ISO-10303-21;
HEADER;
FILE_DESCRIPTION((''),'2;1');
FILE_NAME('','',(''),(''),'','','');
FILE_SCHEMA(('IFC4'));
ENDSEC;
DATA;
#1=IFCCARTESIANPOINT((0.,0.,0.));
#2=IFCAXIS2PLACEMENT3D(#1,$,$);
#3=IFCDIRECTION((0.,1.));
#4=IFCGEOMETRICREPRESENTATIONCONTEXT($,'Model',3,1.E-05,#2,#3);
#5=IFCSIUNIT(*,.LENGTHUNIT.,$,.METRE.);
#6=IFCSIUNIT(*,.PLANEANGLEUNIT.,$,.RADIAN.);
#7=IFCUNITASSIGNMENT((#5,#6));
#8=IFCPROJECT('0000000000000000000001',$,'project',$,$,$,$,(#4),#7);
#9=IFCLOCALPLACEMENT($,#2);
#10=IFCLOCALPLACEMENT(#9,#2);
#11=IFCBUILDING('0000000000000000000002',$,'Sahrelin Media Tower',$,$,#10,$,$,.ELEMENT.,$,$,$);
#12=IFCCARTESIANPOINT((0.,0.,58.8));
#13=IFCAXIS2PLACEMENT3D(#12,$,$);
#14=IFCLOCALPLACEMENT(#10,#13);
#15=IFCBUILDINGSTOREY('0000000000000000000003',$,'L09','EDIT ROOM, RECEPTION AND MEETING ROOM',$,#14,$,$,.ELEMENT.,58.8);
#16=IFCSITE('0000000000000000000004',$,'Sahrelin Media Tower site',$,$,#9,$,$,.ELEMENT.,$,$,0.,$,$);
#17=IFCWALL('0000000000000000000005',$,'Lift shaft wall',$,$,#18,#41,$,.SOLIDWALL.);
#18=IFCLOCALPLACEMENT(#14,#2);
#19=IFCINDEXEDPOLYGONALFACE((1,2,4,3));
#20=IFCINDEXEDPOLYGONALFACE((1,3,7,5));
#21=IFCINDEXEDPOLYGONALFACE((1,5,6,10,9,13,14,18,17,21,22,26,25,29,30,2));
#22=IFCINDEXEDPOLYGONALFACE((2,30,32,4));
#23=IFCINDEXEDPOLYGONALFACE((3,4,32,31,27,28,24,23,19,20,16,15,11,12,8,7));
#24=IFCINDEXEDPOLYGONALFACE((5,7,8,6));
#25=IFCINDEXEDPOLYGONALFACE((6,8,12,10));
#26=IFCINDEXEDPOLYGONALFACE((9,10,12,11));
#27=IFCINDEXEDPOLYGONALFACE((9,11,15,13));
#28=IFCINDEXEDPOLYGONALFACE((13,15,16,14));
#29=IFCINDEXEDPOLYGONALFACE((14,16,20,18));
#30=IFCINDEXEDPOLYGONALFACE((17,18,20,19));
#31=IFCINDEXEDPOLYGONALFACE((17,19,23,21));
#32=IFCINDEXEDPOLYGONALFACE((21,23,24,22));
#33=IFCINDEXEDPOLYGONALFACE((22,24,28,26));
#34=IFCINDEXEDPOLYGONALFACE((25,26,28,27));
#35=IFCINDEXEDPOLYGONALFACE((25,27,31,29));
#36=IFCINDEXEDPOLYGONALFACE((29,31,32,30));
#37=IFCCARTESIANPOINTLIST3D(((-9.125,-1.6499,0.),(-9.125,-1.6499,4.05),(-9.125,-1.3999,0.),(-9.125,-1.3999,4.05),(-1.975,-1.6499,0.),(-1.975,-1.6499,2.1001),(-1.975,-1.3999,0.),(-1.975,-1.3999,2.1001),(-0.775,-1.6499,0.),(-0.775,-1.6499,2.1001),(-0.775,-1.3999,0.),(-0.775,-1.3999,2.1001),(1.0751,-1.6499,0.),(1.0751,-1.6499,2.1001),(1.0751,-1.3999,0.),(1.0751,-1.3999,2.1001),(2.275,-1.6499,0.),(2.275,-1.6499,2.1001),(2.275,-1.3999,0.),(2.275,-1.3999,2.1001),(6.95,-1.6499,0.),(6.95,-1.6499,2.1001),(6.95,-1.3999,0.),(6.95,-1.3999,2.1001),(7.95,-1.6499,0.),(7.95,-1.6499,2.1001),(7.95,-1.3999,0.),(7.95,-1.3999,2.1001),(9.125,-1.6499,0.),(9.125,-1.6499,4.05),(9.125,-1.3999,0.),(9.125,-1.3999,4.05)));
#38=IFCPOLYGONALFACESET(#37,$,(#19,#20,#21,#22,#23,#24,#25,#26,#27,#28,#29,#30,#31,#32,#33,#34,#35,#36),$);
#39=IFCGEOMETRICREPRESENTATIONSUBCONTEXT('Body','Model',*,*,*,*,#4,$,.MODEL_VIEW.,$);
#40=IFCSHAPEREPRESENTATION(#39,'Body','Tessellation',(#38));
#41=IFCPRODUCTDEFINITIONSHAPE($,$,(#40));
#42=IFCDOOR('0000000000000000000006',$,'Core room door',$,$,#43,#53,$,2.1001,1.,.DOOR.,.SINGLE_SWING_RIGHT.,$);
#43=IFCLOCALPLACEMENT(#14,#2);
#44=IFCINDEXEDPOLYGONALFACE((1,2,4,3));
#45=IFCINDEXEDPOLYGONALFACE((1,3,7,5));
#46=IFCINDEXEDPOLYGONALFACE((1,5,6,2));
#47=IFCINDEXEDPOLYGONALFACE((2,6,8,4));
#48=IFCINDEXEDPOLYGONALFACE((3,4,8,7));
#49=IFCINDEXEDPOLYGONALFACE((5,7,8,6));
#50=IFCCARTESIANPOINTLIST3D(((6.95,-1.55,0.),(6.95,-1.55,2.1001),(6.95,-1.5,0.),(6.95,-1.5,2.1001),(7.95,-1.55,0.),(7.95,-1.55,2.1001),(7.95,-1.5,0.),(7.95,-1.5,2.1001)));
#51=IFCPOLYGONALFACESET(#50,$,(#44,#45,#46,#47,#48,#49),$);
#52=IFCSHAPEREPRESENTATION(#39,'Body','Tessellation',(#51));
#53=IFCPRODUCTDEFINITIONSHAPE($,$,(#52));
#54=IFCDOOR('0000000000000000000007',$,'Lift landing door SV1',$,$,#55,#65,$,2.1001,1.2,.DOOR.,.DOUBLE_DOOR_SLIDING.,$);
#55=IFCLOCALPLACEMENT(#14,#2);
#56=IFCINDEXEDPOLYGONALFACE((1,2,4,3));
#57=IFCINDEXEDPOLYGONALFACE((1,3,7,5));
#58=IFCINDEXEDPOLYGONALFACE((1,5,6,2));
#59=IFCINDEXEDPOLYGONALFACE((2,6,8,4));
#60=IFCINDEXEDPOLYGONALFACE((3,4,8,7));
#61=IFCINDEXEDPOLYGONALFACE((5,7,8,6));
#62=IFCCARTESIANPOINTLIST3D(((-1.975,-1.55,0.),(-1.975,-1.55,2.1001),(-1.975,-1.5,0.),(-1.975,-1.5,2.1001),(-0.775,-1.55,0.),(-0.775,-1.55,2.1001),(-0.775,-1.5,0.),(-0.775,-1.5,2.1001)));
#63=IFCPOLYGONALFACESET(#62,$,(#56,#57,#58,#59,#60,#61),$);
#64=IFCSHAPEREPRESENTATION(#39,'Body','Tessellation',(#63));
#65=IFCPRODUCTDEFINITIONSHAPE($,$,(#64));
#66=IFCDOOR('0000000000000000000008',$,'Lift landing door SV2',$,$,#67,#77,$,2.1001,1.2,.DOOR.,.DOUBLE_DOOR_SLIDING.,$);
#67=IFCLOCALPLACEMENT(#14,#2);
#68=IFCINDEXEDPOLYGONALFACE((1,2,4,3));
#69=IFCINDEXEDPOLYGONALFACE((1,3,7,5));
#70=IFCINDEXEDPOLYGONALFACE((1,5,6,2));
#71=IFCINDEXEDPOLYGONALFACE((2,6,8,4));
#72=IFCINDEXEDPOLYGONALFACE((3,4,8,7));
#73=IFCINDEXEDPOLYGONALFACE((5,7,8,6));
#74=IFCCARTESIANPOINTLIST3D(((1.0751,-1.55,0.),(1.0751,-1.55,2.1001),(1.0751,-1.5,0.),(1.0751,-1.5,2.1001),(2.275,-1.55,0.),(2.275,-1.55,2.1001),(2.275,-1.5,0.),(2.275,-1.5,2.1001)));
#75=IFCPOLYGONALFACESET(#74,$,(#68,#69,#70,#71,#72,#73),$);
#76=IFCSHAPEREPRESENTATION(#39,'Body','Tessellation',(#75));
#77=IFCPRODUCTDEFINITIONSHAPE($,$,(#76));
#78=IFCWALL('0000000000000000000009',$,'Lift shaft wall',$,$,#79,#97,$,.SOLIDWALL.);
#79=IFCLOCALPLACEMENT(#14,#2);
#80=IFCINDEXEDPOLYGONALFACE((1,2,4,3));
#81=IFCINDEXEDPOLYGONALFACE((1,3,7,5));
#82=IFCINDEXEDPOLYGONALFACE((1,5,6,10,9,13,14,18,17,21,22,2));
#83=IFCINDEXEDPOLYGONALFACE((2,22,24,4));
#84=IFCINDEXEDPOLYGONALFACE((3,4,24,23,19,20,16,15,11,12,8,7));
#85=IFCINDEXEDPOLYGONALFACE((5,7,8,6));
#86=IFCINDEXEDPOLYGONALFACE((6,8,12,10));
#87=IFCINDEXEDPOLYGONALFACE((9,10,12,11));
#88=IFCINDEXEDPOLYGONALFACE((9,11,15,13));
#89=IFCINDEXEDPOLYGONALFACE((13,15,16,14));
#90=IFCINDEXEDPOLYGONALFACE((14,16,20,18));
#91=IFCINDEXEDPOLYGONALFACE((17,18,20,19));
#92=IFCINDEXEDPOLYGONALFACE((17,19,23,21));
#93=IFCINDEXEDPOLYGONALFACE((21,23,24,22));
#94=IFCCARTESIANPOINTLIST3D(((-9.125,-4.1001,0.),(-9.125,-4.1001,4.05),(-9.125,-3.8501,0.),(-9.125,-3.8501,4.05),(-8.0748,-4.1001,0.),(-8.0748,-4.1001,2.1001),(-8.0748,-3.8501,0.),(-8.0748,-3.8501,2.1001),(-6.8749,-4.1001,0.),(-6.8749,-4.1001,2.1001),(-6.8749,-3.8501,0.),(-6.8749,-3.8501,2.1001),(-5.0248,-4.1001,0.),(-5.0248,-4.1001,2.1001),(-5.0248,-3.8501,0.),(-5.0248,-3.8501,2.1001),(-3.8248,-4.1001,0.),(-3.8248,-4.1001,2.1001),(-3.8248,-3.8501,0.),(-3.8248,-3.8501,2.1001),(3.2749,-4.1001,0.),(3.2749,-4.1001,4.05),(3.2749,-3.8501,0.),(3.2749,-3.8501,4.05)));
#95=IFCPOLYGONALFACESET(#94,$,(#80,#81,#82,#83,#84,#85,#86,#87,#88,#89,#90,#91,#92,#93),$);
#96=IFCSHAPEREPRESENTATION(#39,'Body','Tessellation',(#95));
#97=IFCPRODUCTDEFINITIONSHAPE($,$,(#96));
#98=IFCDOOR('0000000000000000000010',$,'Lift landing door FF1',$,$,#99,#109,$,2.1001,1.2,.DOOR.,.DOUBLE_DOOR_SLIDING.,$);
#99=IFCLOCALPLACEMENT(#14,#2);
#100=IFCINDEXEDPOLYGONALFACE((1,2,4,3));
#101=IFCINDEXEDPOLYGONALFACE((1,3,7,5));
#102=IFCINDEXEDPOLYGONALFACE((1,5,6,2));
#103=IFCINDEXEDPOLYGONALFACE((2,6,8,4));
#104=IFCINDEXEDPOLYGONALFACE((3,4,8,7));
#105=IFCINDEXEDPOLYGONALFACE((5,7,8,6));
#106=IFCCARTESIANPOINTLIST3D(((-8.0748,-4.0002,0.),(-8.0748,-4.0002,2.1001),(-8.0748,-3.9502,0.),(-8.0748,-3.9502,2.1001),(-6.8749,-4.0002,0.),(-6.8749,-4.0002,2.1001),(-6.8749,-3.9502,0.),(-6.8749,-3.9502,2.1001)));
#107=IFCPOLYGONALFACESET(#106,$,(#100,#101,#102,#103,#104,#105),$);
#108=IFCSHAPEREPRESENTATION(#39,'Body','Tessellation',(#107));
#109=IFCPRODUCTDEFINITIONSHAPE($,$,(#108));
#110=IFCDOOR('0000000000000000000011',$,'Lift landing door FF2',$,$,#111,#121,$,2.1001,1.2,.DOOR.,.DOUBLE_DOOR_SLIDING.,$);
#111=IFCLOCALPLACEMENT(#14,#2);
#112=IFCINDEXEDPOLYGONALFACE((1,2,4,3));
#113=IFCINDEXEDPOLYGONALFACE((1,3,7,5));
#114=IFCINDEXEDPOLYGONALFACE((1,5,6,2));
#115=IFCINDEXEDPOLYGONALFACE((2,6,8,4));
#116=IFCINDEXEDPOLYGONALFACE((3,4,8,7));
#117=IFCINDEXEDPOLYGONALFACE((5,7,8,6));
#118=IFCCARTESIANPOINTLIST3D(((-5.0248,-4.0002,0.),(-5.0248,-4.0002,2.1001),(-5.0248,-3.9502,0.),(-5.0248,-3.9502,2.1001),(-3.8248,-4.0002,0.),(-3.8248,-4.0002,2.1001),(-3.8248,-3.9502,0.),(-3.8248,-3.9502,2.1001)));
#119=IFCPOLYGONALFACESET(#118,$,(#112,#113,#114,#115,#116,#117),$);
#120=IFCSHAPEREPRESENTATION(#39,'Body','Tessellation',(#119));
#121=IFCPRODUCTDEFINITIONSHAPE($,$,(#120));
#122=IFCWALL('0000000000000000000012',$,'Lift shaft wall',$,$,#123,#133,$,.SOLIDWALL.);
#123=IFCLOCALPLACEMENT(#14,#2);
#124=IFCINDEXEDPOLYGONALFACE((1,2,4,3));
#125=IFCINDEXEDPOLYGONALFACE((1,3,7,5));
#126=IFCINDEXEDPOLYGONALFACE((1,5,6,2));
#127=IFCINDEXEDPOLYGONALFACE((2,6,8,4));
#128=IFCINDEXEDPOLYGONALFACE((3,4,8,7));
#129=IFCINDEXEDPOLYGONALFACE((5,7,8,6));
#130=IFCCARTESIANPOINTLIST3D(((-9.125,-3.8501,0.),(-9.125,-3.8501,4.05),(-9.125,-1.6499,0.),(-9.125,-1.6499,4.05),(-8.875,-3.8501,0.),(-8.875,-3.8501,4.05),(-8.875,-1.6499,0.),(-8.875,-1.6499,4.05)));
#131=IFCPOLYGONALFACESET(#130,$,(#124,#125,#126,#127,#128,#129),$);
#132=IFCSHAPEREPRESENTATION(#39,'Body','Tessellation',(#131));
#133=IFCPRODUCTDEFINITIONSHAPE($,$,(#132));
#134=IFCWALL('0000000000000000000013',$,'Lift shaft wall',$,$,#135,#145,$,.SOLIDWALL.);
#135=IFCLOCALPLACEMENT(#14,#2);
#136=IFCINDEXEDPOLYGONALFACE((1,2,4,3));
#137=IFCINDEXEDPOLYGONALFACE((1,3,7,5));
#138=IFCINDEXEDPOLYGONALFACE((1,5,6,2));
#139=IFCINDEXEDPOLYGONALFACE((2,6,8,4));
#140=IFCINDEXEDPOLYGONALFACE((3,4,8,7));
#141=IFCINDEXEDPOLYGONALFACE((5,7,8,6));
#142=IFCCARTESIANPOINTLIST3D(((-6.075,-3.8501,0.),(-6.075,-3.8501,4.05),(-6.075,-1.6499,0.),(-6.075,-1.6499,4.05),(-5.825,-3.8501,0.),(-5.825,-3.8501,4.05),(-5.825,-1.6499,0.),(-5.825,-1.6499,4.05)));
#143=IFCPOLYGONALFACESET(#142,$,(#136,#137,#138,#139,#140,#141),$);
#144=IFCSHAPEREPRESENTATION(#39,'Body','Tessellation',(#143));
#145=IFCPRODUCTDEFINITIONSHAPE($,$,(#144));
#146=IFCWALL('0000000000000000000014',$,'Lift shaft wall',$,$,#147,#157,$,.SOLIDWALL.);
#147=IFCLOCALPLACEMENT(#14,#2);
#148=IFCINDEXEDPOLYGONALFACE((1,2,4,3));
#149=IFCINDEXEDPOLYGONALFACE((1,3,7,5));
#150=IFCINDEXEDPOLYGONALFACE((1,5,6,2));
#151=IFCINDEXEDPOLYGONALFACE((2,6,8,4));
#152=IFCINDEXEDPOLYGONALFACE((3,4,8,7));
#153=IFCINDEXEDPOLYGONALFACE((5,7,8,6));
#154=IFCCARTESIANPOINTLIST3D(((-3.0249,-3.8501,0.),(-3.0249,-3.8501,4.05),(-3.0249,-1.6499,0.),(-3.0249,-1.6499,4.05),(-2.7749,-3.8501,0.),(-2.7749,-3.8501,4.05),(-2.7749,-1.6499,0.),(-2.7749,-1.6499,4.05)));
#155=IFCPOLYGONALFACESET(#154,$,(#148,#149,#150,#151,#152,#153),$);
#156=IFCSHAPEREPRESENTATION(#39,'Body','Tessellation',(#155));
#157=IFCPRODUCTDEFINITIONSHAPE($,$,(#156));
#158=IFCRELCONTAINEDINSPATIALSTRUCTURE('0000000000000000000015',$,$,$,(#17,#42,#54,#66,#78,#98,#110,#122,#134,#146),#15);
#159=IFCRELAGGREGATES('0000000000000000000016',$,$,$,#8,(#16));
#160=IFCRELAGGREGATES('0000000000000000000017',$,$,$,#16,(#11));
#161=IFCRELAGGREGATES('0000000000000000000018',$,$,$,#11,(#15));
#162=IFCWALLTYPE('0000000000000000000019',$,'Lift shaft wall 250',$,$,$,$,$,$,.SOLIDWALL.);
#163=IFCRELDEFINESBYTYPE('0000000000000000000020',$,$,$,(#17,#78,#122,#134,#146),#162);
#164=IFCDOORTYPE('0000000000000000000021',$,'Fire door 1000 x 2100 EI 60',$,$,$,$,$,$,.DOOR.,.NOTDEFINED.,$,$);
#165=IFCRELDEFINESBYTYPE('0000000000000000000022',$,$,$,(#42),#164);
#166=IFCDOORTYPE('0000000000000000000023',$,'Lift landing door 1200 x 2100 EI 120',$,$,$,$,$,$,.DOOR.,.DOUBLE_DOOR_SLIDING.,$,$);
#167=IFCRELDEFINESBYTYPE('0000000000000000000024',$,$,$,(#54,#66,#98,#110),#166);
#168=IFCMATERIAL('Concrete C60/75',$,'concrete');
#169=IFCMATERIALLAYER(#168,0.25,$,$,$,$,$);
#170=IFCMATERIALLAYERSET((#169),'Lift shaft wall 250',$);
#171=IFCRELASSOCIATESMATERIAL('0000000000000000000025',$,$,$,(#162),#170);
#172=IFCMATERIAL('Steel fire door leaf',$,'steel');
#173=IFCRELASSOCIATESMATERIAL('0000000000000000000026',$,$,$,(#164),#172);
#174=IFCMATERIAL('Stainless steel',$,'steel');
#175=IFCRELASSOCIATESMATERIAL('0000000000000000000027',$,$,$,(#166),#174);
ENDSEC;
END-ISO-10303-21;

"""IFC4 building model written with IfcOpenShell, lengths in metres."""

from ifc_helpers import new_model, si_unit, direction, frame, frame_2d, origin, place, context, subcontext, project, spatial, rectangle, extrude, material, layer, layer_set, type_object, element, fill, save


model = new_model("IFC4")

# Units and contexts
model_context = context("Model", 3, precision=1e-05, world=origin(), true_north=direction((0.0, 1.0)))
body_context = subcontext(model_context, "Body", "Model", "MODEL_VIEW")
ifc_project = project(units=[si_unit("LENGTHUNIT", "METRE"), si_unit("PLANEANGLEUNIT", "RADIAN")], contexts=[model_context])

# Site, building, storey
site_placement = place(None, origin())
site = spatial("IfcSite", under=ifc_project, at=site_placement, Name="Sahrelin Media Tower site", CompositionType="ELEMENT", RefElevation=0.0)
building_placement = place(site_placement, origin())
building = spatial("IfcBuilding", under=site, at=building_placement, Name="Sahrelin Media Tower", CompositionType="ELEMENT")
storey_placement = place(building_placement, frame((0.0, 0.0, 58.8)))
storey = spatial("IfcBuildingStorey", under=building, at=storey_placement, Name="L09", Description="EDIT ROOM, RECEPTION AND MEETING ROOM", CompositionType="ELEMENT", Elevation=58.8)

# Shared definitions
ifc_material_1 = material(Name="Steel fire door leaf", Category="steel")

# Walls, openings, doors
ifc_material_2 = material(Name="Concrete C60/75", Category="concrete")
ifc_layer_1 = layer(ifc_material_2, 0.25)
ifc_layer_set_1 = layer_set([ifc_layer_1], Name="Lift shaft wall 250")
wall_type_1 = type_object("IfcWallType", Name="Lift shaft wall 250", PredefinedType="SOLIDWALL", material=ifc_layer_set_1)
wall_1_placement = place(storey_placement, frame((-9.125, -1.5249, 0.0), z_axis=(0.0, 0.0, 1.0), x_axis=(1.0, 0.0, 0.0)))
wall_1 = element("IfcWall", 1, at=wall_1_placement, inside=storey, type_object=wall_type_1, Name="Lift shaft wall", PredefinedType="SOLIDWALL", context=body_context, shape_type="SweptSolid", body=[
    extrude(rectangle(XDim=18.25, YDim=0.25, at=frame_2d((9.125, 0.0))), origin(), (0.0, 0.0, 1.0), 4.05),
])
opening_1_placement = place(wall_1_placement, frame((7.1499, 0.0, 0.0)))
opening_1 = element("IfcOpeningElement", 2, at=opening_1_placement, cuts=wall_1, PredefinedType="OPENING", context=body_context, shape_type="SweptSolid", body=[
    extrude(rectangle(XDim=1.2, YDim=2.1001, at=frame_2d((0.6001, 1.05))), frame((0.0, 0.125, 0.0), z_axis=(0.0, -1.0, 0.0), x_axis=(1.0, 0.0, 0.0)), (0.0, 0.0, 1.0), 0.25),
])
opening_2_placement = place(wall_1_placement, frame((10.2, 0.0, 0.0)))
opening_2 = element("IfcOpeningElement", 3, at=opening_2_placement, cuts=wall_1, PredefinedType="OPENING", context=body_context, shape_type="SweptSolid", body=[
    extrude(rectangle(XDim=1.2, YDim=2.1001, at=frame_2d((0.6001, 1.05))), frame((0.0, 0.125, 0.0), z_axis=(0.0, -1.0, 0.0), x_axis=(1.0, 0.0, 0.0)), (0.0, 0.0, 1.0), 0.25),
])
opening_3_placement = place(wall_1_placement, frame((16.075, 0.0, 0.0)))
opening_3 = element("IfcOpeningElement", 4, at=opening_3_placement, cuts=wall_1, PredefinedType="OPENING", context=body_context, shape_type="SweptSolid", body=[
    extrude(rectangle(XDim=1.0, YDim=2.1001, at=frame_2d((0.5, 1.05))), frame((0.0, 0.125, 0.0), z_axis=(0.0, -1.0, 0.0), x_axis=(1.0, 0.0, 0.0)), (0.0, 0.0, 1.0), 0.25),
])
door_type_1 = type_object("IfcDoorType", Name="Fire door 1000 x 2100 EI 60", OperationType="NOTDEFINED", PredefinedType="DOOR", material=ifc_material_1)
door_1_placement = place(opening_3_placement, origin())
door_1 = element("IfcDoor", 5, at=door_1_placement, inside=storey, type_object=door_type_1, Name="Core room door", OperationType="SINGLE_SWING_RIGHT", OverallHeight=2.1001, OverallWidth=1.0, PredefinedType="DOOR", context=body_context, shape_type="SweptSolid", body=[
    extrude(rectangle(XDim=1.0, YDim=2.1001, at=frame_2d((0.5, 1.05))), frame((0.0, 0.0249, 0.0), z_axis=(0.0, -1.0, 0.0), x_axis=(1.0, 0.0, 0.0)), (0.0, 0.0, 1.0), 0.05),
])
fill(opening_3, door_1)
ifc_material_3 = material(Name="Stainless steel", Category="steel")
door_type_2 = type_object("IfcDoorType", Name="Lift landing door 1200 x 2100 EI 120", OperationType="DOUBLE_DOOR_SLIDING", PredefinedType="DOOR", material=ifc_material_3)
door_2_placement = place(opening_1_placement, origin())
door_2 = element("IfcDoor", 6, at=door_2_placement, inside=storey, type_object=door_type_2, Name="Lift landing door SV1", OperationType="DOUBLE_DOOR_SLIDING", OverallHeight=2.1001, OverallWidth=1.2, PredefinedType="DOOR", context=body_context, shape_type="SweptSolid", body=[
    extrude(rectangle(XDim=1.2, YDim=2.1001, at=frame_2d((0.6001, 1.05))), frame((0.0, 0.0249, 0.0), z_axis=(0.0, -1.0, 0.0), x_axis=(1.0, 0.0, 0.0)), (0.0, 0.0, 1.0), 0.05),
])
fill(opening_1, door_2)
door_3_placement = place(opening_2_placement, origin())
door_3 = element("IfcDoor", 7, at=door_3_placement, inside=storey, type_object=door_type_2, Name="Lift landing door SV2", OperationType="DOUBLE_DOOR_SLIDING", OverallHeight=2.1001, OverallWidth=1.2, PredefinedType="DOOR", context=body_context, shape_type="SweptSolid", body=[
    extrude(rectangle(XDim=1.2, YDim=2.1001, at=frame_2d((0.6001, 1.05))), frame((0.0, 0.0249, 0.0), z_axis=(0.0, -1.0, 0.0), x_axis=(1.0, 0.0, 0.0)), (0.0, 0.0, 1.0), 0.05),
])
fill(opening_2, door_3)
wall_2_placement = place(storey_placement, frame((-9.125, -3.9751, 0.0), z_axis=(0.0, 0.0, 1.0), x_axis=(1.0, 0.0, 0.0)))
wall_2 = element("IfcWall", 8, at=wall_2_placement, inside=storey, type_object=wall_type_1, Name="Lift shaft wall", PredefinedType="SOLIDWALL", context=body_context, shape_type="SweptSolid", body=[
    extrude(rectangle(XDim=12.3999, YDim=0.25, at=frame_2d((6.2, 0.0))), origin(), (0.0, 0.0, 1.0), 4.05),
])
opening_4_placement = place(wall_2_placement, frame((1.05, 0.0, 0.0)))
opening_4 = element("IfcOpeningElement", 9, at=opening_4_placement, cuts=wall_2, PredefinedType="OPENING", context=body_context, shape_type="SweptSolid", body=[
    extrude(rectangle(XDim=1.2, YDim=2.1001, at=frame_2d((0.6001, 1.05))), frame((0.0, 0.125, 0.0), z_axis=(0.0, -1.0, 0.0), x_axis=(1.0, 0.0, 0.0)), (0.0, 0.0, 1.0), 0.25),
])
opening_5_placement = place(wall_2_placement, frame((4.1001, 0.0, 0.0)))
opening_5 = element("IfcOpeningElement", 10, at=opening_5_placement, cuts=wall_2, PredefinedType="OPENING", context=body_context, shape_type="SweptSolid", body=[
    extrude(rectangle(XDim=1.2, YDim=2.1001, at=frame_2d((0.6001, 1.05))), frame((0.0, 0.125, 0.0), z_axis=(0.0, -1.0, 0.0), x_axis=(1.0, 0.0, 0.0)), (0.0, 0.0, 1.0), 0.25),
])
door_4_placement = place(opening_4_placement, origin())
door_4 = element("IfcDoor", 11, at=door_4_placement, inside=storey, type_object=door_type_2, Name="Lift landing door FF1", OperationType="DOUBLE_DOOR_SLIDING", OverallHeight=2.1001, OverallWidth=1.2, PredefinedType="DOOR", context=body_context, shape_type="SweptSolid", body=[
    extrude(rectangle(XDim=1.2, YDim=2.1001, at=frame_2d((0.6001, 1.05))), frame((0.0, 0.0249, 0.0), z_axis=(0.0, -1.0, 0.0), x_axis=(1.0, 0.0, 0.0)), (0.0, 0.0, 1.0), 0.05),
])
fill(opening_4, door_4)
door_5_placement = place(opening_5_placement, origin())
door_5 = element("IfcDoor", 12, at=door_5_placement, inside=storey, type_object=door_type_2, Name="Lift landing door FF2", OperationType="DOUBLE_DOOR_SLIDING", OverallHeight=2.1001, OverallWidth=1.2, PredefinedType="DOOR", context=body_context, shape_type="SweptSolid", body=[
    extrude(rectangle(XDim=1.2, YDim=2.1001, at=frame_2d((0.6001, 1.05))), frame((0.0, 0.0249, 0.0), z_axis=(0.0, -1.0, 0.0), x_axis=(1.0, 0.0, 0.0)), (0.0, 0.0, 1.0), 0.05),
])
fill(opening_5, door_5)

# Walls
for number, where, z_axis, x_axis, name in (
    (13, (-9.0, -3.8501, 0.0), (0.0, 0.0, 1.0), (0.0, 1.0, 0.0), "Lift shaft wall"),
    (14, (-5.95, -3.8501, 0.0), (0.0, 0.0, 1.0), (0.0, 1.0, 0.0), "Lift shaft wall"),
    (15, (-2.8999, -3.8501, 0.0), (0.0, 0.0, 1.0), (0.0, 1.0, 0.0), "Lift shaft wall"),
):
    element("IfcWall", number, at=place(storey_placement, frame(where, z_axis=z_axis, x_axis=x_axis)), inside=storey, type_object=wall_type_1, Name=name, PredefinedType="SOLIDWALL", context=body_context, shape_type="SweptSolid", body=[
        extrude(rectangle(XDim=2.2002, YDim=0.25, at=frame_2d((1.1001, 0.0))), origin(), (0.0, 0.0, 1.0), 4.05),
    ])

save(model, "model.ifc")
